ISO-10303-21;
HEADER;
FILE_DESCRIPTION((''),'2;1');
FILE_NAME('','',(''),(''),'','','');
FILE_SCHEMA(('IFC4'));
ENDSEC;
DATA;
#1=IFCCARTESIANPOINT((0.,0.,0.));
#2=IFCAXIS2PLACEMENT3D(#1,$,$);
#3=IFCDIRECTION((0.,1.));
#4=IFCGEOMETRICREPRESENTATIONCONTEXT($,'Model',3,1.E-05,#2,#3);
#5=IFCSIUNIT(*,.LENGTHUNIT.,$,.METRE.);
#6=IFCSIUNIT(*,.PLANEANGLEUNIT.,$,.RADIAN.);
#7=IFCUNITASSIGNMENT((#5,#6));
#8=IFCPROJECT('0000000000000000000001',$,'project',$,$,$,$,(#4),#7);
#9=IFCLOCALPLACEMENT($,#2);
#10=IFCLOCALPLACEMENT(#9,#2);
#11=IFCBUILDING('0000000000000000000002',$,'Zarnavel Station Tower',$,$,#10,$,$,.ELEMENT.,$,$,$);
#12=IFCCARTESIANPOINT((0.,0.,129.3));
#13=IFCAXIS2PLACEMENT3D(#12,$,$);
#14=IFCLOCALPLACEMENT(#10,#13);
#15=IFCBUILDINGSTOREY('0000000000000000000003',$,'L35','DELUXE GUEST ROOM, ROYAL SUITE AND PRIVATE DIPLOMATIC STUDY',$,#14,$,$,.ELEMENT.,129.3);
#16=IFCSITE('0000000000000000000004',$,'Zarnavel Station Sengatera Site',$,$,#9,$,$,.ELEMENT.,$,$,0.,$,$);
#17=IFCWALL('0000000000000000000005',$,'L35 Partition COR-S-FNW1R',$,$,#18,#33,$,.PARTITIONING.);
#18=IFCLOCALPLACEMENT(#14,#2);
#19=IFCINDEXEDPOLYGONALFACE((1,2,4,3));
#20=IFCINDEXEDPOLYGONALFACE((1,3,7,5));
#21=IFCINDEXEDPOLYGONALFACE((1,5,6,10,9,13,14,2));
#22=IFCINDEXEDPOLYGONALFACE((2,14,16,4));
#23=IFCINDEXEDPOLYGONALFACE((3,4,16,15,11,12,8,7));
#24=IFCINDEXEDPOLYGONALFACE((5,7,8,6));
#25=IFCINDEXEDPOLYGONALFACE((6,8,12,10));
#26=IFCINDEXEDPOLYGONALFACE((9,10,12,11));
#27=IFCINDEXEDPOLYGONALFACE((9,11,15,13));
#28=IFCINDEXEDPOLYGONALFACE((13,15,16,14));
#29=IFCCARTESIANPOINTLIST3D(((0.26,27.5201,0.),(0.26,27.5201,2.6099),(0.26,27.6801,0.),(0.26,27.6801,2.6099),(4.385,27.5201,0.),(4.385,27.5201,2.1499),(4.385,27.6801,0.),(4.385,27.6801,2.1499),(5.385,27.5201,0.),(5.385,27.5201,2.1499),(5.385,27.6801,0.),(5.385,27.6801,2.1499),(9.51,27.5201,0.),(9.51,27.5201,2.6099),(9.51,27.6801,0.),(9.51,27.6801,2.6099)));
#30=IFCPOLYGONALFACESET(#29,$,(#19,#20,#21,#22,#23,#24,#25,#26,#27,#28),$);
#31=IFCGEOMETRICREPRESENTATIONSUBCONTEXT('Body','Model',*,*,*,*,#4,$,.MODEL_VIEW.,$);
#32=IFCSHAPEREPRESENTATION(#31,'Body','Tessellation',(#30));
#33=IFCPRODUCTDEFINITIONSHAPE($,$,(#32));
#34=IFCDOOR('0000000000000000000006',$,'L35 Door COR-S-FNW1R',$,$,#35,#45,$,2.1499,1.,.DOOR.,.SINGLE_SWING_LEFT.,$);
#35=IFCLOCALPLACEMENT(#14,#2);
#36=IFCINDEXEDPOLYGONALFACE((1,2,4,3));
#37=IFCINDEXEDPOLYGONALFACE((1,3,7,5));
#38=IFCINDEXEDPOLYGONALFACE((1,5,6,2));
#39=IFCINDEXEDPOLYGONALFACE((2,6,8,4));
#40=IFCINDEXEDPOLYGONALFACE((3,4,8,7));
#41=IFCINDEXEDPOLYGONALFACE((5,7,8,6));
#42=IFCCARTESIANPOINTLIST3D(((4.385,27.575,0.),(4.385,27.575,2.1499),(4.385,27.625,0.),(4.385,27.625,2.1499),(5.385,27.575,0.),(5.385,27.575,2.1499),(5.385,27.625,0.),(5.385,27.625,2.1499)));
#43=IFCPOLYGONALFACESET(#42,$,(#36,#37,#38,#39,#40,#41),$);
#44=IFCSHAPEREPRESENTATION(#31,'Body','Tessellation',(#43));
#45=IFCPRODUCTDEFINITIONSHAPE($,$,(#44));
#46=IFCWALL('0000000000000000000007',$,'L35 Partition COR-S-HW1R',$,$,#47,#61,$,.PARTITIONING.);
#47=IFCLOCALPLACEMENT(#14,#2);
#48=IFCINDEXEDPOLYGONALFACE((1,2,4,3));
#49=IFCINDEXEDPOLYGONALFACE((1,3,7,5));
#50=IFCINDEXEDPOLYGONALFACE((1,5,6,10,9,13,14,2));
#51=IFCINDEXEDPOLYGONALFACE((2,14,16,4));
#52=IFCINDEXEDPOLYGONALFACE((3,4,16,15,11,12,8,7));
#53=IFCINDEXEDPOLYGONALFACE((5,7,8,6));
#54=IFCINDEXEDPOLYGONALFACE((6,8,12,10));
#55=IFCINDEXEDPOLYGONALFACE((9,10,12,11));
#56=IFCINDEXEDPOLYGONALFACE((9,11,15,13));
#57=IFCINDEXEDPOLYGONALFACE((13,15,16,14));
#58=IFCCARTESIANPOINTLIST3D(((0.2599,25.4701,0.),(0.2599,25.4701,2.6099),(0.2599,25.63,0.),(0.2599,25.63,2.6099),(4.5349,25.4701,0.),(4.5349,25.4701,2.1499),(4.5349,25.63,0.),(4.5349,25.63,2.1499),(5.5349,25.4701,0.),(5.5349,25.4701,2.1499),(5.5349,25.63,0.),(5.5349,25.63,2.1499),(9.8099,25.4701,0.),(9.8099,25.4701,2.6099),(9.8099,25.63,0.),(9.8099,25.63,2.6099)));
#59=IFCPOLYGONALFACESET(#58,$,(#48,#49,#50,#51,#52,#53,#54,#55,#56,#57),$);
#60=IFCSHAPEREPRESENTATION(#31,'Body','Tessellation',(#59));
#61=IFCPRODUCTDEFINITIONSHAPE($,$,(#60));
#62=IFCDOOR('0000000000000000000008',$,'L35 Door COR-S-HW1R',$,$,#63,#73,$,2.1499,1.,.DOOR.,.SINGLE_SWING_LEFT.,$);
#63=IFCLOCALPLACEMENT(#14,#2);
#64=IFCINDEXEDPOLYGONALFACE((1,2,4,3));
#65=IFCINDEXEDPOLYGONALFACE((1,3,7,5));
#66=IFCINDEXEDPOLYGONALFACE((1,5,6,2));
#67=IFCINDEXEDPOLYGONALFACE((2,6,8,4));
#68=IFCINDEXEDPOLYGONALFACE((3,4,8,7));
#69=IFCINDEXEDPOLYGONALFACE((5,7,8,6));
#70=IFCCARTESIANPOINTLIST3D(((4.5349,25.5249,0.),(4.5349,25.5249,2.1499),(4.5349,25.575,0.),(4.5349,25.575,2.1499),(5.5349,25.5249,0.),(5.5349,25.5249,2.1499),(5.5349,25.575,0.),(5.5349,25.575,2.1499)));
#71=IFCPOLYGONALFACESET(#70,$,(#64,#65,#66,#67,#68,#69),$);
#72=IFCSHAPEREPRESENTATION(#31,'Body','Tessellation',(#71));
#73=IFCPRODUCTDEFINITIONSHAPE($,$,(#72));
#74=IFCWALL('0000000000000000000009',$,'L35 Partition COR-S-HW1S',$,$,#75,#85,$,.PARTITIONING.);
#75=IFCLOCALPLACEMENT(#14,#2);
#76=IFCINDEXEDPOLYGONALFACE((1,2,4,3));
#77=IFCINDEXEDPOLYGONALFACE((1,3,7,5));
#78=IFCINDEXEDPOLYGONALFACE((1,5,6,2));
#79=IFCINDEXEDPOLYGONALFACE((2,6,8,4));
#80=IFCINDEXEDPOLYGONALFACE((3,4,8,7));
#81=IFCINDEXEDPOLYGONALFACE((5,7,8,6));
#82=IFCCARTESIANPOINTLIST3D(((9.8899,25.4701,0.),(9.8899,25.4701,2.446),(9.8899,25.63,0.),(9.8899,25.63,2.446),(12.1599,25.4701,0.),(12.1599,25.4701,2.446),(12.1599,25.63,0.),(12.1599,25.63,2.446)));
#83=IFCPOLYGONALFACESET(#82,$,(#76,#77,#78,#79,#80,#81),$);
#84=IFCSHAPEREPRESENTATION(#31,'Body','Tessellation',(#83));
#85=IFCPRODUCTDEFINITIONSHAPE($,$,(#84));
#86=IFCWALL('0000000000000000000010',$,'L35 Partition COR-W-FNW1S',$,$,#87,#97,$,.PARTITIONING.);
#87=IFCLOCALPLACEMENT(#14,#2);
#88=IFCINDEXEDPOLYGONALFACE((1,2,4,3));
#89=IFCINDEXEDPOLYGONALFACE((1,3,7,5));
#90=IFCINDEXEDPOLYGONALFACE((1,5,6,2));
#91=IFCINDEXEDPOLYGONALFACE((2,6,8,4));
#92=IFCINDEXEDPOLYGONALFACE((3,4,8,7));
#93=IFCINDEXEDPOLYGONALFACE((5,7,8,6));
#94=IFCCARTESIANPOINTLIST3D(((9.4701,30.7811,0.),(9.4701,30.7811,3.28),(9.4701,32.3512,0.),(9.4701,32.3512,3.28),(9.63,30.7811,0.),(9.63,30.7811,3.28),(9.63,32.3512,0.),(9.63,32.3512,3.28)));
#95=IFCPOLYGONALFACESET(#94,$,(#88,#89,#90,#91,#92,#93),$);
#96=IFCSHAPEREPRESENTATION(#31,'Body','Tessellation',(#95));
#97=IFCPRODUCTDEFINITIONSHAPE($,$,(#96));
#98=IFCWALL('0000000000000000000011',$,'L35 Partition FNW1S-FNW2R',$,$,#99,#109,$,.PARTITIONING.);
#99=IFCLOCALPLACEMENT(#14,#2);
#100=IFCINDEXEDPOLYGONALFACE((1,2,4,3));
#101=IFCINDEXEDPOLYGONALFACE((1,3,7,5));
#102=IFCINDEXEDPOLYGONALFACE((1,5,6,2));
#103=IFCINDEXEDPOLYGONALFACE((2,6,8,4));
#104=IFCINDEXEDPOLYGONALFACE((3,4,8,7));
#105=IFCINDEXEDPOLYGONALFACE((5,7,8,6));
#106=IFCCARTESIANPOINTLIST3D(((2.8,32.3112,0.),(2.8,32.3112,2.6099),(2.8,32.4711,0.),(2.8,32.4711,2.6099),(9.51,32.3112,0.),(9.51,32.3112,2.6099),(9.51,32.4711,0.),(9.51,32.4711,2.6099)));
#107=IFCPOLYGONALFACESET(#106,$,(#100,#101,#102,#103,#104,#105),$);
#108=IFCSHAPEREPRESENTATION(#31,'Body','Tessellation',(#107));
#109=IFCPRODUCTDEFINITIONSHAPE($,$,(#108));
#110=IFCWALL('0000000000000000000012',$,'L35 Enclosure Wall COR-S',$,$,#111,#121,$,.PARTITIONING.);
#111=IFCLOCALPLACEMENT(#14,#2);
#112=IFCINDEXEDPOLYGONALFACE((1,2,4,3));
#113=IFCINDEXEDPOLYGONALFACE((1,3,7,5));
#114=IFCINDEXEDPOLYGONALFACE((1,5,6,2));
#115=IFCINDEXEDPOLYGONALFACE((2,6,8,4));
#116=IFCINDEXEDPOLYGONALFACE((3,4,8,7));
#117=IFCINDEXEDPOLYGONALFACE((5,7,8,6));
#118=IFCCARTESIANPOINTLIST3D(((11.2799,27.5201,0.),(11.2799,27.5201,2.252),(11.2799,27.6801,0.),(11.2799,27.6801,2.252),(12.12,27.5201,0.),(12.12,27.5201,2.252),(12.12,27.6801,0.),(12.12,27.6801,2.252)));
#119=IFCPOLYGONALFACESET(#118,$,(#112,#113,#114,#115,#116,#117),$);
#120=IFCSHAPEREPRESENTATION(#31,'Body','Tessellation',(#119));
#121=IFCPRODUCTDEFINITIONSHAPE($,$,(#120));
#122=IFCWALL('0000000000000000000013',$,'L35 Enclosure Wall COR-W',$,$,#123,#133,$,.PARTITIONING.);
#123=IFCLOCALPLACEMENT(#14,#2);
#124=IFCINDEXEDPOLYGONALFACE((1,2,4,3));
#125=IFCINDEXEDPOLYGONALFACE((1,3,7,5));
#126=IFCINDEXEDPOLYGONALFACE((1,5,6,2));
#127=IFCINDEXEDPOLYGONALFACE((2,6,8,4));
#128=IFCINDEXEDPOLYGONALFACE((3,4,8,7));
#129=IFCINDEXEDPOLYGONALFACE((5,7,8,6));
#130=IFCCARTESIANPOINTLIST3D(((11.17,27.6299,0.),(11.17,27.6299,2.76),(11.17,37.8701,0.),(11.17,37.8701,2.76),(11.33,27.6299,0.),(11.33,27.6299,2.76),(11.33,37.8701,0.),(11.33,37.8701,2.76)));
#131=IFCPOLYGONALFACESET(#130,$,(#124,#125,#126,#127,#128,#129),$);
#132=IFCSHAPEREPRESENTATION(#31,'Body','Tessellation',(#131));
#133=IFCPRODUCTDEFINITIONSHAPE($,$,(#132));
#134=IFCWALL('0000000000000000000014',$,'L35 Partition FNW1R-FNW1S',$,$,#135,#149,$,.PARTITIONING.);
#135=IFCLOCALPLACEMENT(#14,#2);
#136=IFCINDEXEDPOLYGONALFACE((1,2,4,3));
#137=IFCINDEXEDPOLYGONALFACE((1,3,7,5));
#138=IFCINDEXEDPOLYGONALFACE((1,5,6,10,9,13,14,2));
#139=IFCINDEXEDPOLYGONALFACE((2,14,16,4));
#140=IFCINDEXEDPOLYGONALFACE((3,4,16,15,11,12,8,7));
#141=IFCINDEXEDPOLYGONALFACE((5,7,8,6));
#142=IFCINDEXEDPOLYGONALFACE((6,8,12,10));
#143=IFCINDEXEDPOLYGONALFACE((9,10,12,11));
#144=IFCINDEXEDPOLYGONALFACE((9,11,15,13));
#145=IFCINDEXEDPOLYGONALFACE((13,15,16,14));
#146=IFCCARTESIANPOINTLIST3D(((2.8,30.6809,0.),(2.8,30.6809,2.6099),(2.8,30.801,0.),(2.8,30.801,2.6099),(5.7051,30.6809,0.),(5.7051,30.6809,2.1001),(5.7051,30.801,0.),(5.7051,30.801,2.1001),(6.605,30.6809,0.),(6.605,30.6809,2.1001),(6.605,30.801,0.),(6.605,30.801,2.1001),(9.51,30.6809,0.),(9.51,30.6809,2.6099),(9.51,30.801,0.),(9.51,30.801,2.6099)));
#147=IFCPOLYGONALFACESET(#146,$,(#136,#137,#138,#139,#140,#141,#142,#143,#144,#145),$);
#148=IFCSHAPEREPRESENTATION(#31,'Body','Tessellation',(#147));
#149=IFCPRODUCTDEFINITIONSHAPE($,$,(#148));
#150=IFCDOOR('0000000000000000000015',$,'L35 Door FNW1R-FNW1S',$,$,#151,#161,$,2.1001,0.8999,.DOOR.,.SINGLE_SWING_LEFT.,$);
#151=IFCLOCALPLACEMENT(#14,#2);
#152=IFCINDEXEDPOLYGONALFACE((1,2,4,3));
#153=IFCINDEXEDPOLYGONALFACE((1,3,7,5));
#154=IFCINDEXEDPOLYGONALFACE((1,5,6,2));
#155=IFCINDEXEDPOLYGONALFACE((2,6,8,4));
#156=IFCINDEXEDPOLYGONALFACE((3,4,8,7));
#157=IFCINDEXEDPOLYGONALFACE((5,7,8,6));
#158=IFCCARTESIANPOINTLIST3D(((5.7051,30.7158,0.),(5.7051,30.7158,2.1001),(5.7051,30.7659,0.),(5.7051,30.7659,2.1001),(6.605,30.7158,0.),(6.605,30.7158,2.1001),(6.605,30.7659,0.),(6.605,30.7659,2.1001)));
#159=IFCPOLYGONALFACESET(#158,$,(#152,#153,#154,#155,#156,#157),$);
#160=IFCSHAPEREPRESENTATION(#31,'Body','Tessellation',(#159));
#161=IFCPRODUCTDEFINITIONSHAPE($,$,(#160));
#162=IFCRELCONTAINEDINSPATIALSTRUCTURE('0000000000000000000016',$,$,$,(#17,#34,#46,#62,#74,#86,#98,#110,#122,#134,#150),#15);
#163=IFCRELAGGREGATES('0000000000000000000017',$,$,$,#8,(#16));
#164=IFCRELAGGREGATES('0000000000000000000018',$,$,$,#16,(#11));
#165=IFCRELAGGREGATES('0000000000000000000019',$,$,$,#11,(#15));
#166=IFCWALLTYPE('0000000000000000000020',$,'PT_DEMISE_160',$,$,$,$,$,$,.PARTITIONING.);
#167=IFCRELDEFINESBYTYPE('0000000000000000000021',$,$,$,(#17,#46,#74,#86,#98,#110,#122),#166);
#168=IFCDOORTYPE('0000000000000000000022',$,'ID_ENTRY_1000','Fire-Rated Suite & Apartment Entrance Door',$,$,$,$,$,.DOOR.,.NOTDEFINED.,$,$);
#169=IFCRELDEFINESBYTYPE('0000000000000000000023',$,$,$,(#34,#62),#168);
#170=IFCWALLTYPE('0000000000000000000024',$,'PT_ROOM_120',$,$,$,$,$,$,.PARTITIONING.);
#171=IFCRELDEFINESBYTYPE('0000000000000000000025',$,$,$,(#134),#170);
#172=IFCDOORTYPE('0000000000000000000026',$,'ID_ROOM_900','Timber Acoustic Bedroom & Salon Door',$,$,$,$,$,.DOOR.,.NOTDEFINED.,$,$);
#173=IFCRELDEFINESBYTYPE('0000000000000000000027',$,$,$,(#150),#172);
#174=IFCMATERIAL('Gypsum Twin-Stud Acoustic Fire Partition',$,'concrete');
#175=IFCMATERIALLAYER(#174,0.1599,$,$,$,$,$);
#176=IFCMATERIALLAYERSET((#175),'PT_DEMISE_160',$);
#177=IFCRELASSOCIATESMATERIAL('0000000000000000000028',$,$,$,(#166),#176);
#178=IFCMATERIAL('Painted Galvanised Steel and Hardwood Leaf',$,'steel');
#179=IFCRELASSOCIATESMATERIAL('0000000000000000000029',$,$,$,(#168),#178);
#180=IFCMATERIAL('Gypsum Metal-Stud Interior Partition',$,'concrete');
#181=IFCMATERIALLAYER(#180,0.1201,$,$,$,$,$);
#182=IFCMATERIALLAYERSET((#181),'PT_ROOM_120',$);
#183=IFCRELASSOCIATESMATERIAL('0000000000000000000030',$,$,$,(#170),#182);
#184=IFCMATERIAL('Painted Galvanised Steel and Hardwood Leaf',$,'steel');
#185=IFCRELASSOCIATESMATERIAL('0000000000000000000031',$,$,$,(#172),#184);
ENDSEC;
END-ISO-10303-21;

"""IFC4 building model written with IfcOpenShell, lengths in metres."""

from ifc_helpers import new_model, si_unit, direction, frame, frame_2d, origin, place, context, subcontext, project, spatial, rectangle, extrude, material, layer, layer_set, type_object, element, fill, save


model = new_model("IFC4")

# Units and contexts
model_context = context("Model", 3, precision=1e-05, world=origin(), true_north=direction((0.0, 1.0)))
body_context = subcontext(model_context, "Body", "Model", "MODEL_VIEW")
ifc_project = project(units=[si_unit("LENGTHUNIT", "METRE"), si_unit("PLANEANGLEUNIT", "RADIAN")], contexts=[model_context])

# Site, building, storey
site_placement = place(None, origin())
site = spatial("IfcSite", under=ifc_project, at=site_placement, Name="Zarnavel Station Sengatera Site", CompositionType="ELEMENT", RefElevation=0.0)
building_placement = place(site_placement, origin())
building = spatial("IfcBuilding", under=site, at=building_placement, Name="Zarnavel Station Tower", CompositionType="ELEMENT")
storey_placement = place(building_placement, frame((0.0, 0.0, 129.3)))
storey = spatial("IfcBuildingStorey", under=building, at=storey_placement, Name="L35", Description="DELUXE GUEST ROOM, ROYAL SUITE AND PRIVATE DIPLOMATIC STUDY", CompositionType="ELEMENT", Elevation=129.3)

# Walls, openings, doors
ifc_material_1 = material(Name="Gypsum Twin-Stud Acoustic Fire Partition", Category="concrete")
ifc_layer_1 = layer(ifc_material_1, 0.1599)
ifc_layer_set_1 = layer_set([ifc_layer_1], Name="PT_DEMISE_160")
wall_type_1 = type_object("IfcWallType", Name="PT_DEMISE_160", PredefinedType="PARTITIONING", material=ifc_layer_set_1)
wall_1_placement = place(storey_placement, frame((0.26, 27.6001, 0.0), z_axis=(0.0, 0.0, 1.0), x_axis=(1.0, 0.0, 0.0)))
wall_1 = element("IfcWall", 1, at=wall_1_placement, inside=storey, type_object=wall_type_1, Name="L35 Partition COR-S-FNW1R", PredefinedType="PARTITIONING", context=body_context, shape_type="SweptSolid", body=[
    extrude(rectangle(XDim=9.25, YDim=0.1599, at=frame_2d((4.625, 0.0))), origin(), (0.0, 0.0, 1.0), 2.6099),
])
opening_1_placement = place(wall_1_placement, frame((4.125, 0.0, 0.0)))
opening_1 = element("IfcOpeningElement", 2, at=opening_1_placement, cuts=wall_1, PredefinedType="OPENING", context=body_context, shape_type="SweptSolid", body=[
    extrude(rectangle(XDim=1.0, YDim=2.1499, at=frame_2d((0.5, 1.075))), frame((0.0, 0.0898, 0.0), z_axis=(0.0, -1.0, 0.0), x_axis=(1.0, 0.0, 0.0)), (0.0, 0.0, 1.0), 0.1799),
])
ifc_material_2 = material(Name="Painted Galvanised Steel and Hardwood Leaf", Category="steel")
door_type_1 = type_object("IfcDoorType", Name="ID_ENTRY_1000", Description="Fire-Rated Suite & Apartment Entrance Door", OperationType="NOTDEFINED", PredefinedType="DOOR", material=ifc_material_2)
door_1_placement = place(opening_1_placement, origin())
door_1 = element("IfcDoor", 3, at=door_1_placement, inside=storey, type_object=door_type_1, Name="L35 Door COR-S-FNW1R", OperationType="SINGLE_SWING_LEFT", OverallHeight=2.1499, OverallWidth=1.0, PredefinedType="DOOR", context=body_context, shape_type="SweptSolid", body=[
    extrude(rectangle(XDim=1.0, YDim=2.1499, at=frame_2d((0.5, 1.075))), frame((0.0, 0.0249, 0.0), z_axis=(0.0, -1.0, 0.0), x_axis=(1.0, 0.0, 0.0)), (0.0, 0.0, 1.0), 0.05),
])
fill(opening_1, door_1)
wall_2_placement = place(storey_placement, frame((0.26, 25.55, 0.0), z_axis=(0.0, 0.0, 1.0), x_axis=(1.0, 0.0, 0.0)))
wall_2 = element("IfcWall", 4, at=wall_2_placement, inside=storey, type_object=wall_type_1, Name="L35 Partition COR-S-HW1R", PredefinedType="PARTITIONING", context=body_context, shape_type="SweptSolid", body=[
    extrude(rectangle(XDim=9.55, YDim=0.1599, at=frame_2d((4.7749, 0.0))), origin(), (0.0, 0.0, 1.0), 2.6099),
])
opening_2_placement = place(wall_2_placement, frame((4.2749, 0.0, 0.0)))
opening_2 = element("IfcOpeningElement", 5, at=opening_2_placement, cuts=wall_2, PredefinedType="OPENING", context=body_context, shape_type="SweptSolid", body=[
    extrude(rectangle(XDim=1.0, YDim=2.1499, at=frame_2d((0.5, 1.075))), frame((0.0, 0.0898, 0.0), z_axis=(0.0, -1.0, 0.0), x_axis=(1.0, 0.0, 0.0)), (0.0, 0.0, 1.0), 0.1799),
])
door_2_placement = place(opening_2_placement, origin())
door_2 = element("IfcDoor", 6, at=door_2_placement, inside=storey, type_object=door_type_1, Name="L35 Door COR-S-HW1R", OperationType="SINGLE_SWING_LEFT", OverallHeight=2.1499, OverallWidth=1.0, PredefinedType="DOOR", context=body_context, shape_type="SweptSolid", body=[
    extrude(rectangle(XDim=1.0, YDim=2.1499, at=frame_2d((0.5, 1.075))), frame((0.0, 0.0249, 0.0), z_axis=(0.0, -1.0, 0.0), x_axis=(1.0, 0.0, 0.0)), (0.0, 0.0, 1.0), 0.05),
])
fill(opening_2, door_2)

# Wall
wall_3_placement = place(storey_placement, frame((9.8899, 25.55, 0.0), z_axis=(0.0, 0.0, 1.0), x_axis=(1.0, 0.0, 0.0)))
element("IfcWall", 7, at=wall_3_placement, inside=storey, type_object=wall_type_1, Name="L35 Partition COR-S-HW1S", PredefinedType="PARTITIONING", context=body_context, shape_type="SweptSolid", body=[
    extrude(rectangle(XDim=2.27, YDim=0.1599, at=frame_2d((1.135, 0.0))), origin(), (0.0, 0.0, 1.0), 2.446),
])

# Wall
wall_4_placement = place(storey_placement, frame((9.55, 30.781, 0.0), z_axis=(0.0, 0.0, 1.0), x_axis=(0.0, 1.0, 0.0)))
element("IfcWall", 8, at=wall_4_placement, inside=storey, type_object=wall_type_1, Name="L35 Partition COR-W-FNW1S", PredefinedType="PARTITIONING", context=body_context, shape_type="SweptSolid", body=[
    extrude(rectangle(XDim=1.5701, YDim=0.1599, at=frame_2d((0.7852, 0.0))), origin(), (0.0, 0.0, 1.0), 3.28),
])

# Walls
wall_5_placement = place(storey_placement, frame((2.8, 32.3911, 0.0), z_axis=(0.0, 0.0, 1.0), x_axis=(1.0, 0.0, 0.0)))
element("IfcWall", 9, at=wall_5_placement, inside=storey, type_object=wall_type_1, Name="L35 Partition FNW1S-FNW2R", PredefinedType="PARTITIONING", context=body_context, shape_type="SweptSolid", body=[
    extrude(rectangle(XDim=6.71, YDim=0.1599, at=frame_2d((3.355, 0.0))), origin(), (0.0, 0.0, 1.0), 2.6099),
])
wall_6_placement = place(storey_placement, frame((11.28, 27.6001, 0.0), z_axis=(0.0, 0.0, 1.0), x_axis=(1.0, 0.0, 0.0)))
element("IfcWall", 10, at=wall_6_placement, inside=storey, type_object=wall_type_1, Name="L35 Enclosure Wall COR-S", PredefinedType="PARTITIONING", context=body_context, shape_type="SweptSolid", body=[
    extrude(rectangle(XDim=0.8401, YDim=0.1599, at=frame_2d((0.4199, 0.0))), origin(), (0.0, 0.0, 1.0), 2.252),
])
wall_7_placement = place(storey_placement, frame((11.25, 27.6299, 0.0), z_axis=(0.0, 0.0, 1.0), x_axis=(0.0, 1.0, 0.0)))
element("IfcWall", 11, at=wall_7_placement, inside=storey, type_object=wall_type_1, Name="L35 Enclosure Wall COR-W", PredefinedType="PARTITIONING", context=body_context, shape_type="SweptSolid", body=[
    extrude(rectangle(XDim=10.2402, YDim=0.1599, at=frame_2d((5.1201, 0.0))), origin(), (0.0, 0.0, 1.0), 2.76),
])

# Wall, opening, door
ifc_material_3 = material(Name="Gypsum Metal-Stud Interior Partition", Category="concrete")
ifc_layer_2 = layer(ifc_material_3, 0.1201)
ifc_layer_set_2 = layer_set([ifc_layer_2], Name="PT_ROOM_120")
wall_type_2 = type_object("IfcWallType", Name="PT_ROOM_120", PredefinedType="PARTITIONING", material=ifc_layer_set_2)
wall_8_placement = place(storey_placement, frame((2.8, 30.741, 0.0), z_axis=(0.0, 0.0, 1.0), x_axis=(1.0, 0.0, 0.0)))
wall_8 = element("IfcWall", 12, at=wall_8_placement, inside=storey, type_object=wall_type_2, Name="L35 Partition FNW1R-FNW1S", PredefinedType="PARTITIONING", context=body_context, shape_type="SweptSolid", body=[
    extrude(rectangle(XDim=6.71, YDim=0.1201, at=frame_2d((3.355, 0.0))), origin(), (0.0, 0.0, 1.0), 2.6099),
])
opening_3_placement = place(wall_8_placement, frame((2.905, 0.0, 0.0)))
opening_3 = element("IfcOpeningElement", 13, at=opening_3_placement, cuts=wall_8, PredefinedType="OPENING", context=body_context, shape_type="SweptSolid", body=[
    extrude(rectangle(XDim=0.8999, YDim=2.1001, at=frame_2d((0.45, 1.05))), frame((0.0, 0.0701, 0.0), z_axis=(0.0, -1.0, 0.0), x_axis=(1.0, 0.0, 0.0)), (0.0, 0.0, 1.0), 0.1401),
])
ifc_material_4 = material(Name="Painted Galvanised Steel and Hardwood Leaf", Category="steel")
door_type_2 = type_object("IfcDoorType", Name="ID_ROOM_900", Description="Timber Acoustic Bedroom & Salon Door", OperationType="NOTDEFINED", PredefinedType="DOOR", material=ifc_material_4)
door_3_placement = place(opening_3_placement, origin())
door_3 = element("IfcDoor", 14, at=door_3_placement, inside=storey, type_object=door_type_2, Name="L35 Door FNW1R-FNW1S", OperationType="SINGLE_SWING_LEFT", OverallHeight=2.1001, OverallWidth=0.8999, PredefinedType="DOOR", context=body_context, shape_type="SweptSolid", body=[
    extrude(rectangle(XDim=0.8999, YDim=2.1001, at=frame_2d((0.45, 1.05))), frame((0.0, 0.0249, 0.0), z_axis=(0.0, -1.0, 0.0), x_axis=(1.0, 0.0, 0.0)), (0.0, 0.0, 1.0), 0.05),
])
fill(opening_3, door_3)

save(model, "model.ifc")
